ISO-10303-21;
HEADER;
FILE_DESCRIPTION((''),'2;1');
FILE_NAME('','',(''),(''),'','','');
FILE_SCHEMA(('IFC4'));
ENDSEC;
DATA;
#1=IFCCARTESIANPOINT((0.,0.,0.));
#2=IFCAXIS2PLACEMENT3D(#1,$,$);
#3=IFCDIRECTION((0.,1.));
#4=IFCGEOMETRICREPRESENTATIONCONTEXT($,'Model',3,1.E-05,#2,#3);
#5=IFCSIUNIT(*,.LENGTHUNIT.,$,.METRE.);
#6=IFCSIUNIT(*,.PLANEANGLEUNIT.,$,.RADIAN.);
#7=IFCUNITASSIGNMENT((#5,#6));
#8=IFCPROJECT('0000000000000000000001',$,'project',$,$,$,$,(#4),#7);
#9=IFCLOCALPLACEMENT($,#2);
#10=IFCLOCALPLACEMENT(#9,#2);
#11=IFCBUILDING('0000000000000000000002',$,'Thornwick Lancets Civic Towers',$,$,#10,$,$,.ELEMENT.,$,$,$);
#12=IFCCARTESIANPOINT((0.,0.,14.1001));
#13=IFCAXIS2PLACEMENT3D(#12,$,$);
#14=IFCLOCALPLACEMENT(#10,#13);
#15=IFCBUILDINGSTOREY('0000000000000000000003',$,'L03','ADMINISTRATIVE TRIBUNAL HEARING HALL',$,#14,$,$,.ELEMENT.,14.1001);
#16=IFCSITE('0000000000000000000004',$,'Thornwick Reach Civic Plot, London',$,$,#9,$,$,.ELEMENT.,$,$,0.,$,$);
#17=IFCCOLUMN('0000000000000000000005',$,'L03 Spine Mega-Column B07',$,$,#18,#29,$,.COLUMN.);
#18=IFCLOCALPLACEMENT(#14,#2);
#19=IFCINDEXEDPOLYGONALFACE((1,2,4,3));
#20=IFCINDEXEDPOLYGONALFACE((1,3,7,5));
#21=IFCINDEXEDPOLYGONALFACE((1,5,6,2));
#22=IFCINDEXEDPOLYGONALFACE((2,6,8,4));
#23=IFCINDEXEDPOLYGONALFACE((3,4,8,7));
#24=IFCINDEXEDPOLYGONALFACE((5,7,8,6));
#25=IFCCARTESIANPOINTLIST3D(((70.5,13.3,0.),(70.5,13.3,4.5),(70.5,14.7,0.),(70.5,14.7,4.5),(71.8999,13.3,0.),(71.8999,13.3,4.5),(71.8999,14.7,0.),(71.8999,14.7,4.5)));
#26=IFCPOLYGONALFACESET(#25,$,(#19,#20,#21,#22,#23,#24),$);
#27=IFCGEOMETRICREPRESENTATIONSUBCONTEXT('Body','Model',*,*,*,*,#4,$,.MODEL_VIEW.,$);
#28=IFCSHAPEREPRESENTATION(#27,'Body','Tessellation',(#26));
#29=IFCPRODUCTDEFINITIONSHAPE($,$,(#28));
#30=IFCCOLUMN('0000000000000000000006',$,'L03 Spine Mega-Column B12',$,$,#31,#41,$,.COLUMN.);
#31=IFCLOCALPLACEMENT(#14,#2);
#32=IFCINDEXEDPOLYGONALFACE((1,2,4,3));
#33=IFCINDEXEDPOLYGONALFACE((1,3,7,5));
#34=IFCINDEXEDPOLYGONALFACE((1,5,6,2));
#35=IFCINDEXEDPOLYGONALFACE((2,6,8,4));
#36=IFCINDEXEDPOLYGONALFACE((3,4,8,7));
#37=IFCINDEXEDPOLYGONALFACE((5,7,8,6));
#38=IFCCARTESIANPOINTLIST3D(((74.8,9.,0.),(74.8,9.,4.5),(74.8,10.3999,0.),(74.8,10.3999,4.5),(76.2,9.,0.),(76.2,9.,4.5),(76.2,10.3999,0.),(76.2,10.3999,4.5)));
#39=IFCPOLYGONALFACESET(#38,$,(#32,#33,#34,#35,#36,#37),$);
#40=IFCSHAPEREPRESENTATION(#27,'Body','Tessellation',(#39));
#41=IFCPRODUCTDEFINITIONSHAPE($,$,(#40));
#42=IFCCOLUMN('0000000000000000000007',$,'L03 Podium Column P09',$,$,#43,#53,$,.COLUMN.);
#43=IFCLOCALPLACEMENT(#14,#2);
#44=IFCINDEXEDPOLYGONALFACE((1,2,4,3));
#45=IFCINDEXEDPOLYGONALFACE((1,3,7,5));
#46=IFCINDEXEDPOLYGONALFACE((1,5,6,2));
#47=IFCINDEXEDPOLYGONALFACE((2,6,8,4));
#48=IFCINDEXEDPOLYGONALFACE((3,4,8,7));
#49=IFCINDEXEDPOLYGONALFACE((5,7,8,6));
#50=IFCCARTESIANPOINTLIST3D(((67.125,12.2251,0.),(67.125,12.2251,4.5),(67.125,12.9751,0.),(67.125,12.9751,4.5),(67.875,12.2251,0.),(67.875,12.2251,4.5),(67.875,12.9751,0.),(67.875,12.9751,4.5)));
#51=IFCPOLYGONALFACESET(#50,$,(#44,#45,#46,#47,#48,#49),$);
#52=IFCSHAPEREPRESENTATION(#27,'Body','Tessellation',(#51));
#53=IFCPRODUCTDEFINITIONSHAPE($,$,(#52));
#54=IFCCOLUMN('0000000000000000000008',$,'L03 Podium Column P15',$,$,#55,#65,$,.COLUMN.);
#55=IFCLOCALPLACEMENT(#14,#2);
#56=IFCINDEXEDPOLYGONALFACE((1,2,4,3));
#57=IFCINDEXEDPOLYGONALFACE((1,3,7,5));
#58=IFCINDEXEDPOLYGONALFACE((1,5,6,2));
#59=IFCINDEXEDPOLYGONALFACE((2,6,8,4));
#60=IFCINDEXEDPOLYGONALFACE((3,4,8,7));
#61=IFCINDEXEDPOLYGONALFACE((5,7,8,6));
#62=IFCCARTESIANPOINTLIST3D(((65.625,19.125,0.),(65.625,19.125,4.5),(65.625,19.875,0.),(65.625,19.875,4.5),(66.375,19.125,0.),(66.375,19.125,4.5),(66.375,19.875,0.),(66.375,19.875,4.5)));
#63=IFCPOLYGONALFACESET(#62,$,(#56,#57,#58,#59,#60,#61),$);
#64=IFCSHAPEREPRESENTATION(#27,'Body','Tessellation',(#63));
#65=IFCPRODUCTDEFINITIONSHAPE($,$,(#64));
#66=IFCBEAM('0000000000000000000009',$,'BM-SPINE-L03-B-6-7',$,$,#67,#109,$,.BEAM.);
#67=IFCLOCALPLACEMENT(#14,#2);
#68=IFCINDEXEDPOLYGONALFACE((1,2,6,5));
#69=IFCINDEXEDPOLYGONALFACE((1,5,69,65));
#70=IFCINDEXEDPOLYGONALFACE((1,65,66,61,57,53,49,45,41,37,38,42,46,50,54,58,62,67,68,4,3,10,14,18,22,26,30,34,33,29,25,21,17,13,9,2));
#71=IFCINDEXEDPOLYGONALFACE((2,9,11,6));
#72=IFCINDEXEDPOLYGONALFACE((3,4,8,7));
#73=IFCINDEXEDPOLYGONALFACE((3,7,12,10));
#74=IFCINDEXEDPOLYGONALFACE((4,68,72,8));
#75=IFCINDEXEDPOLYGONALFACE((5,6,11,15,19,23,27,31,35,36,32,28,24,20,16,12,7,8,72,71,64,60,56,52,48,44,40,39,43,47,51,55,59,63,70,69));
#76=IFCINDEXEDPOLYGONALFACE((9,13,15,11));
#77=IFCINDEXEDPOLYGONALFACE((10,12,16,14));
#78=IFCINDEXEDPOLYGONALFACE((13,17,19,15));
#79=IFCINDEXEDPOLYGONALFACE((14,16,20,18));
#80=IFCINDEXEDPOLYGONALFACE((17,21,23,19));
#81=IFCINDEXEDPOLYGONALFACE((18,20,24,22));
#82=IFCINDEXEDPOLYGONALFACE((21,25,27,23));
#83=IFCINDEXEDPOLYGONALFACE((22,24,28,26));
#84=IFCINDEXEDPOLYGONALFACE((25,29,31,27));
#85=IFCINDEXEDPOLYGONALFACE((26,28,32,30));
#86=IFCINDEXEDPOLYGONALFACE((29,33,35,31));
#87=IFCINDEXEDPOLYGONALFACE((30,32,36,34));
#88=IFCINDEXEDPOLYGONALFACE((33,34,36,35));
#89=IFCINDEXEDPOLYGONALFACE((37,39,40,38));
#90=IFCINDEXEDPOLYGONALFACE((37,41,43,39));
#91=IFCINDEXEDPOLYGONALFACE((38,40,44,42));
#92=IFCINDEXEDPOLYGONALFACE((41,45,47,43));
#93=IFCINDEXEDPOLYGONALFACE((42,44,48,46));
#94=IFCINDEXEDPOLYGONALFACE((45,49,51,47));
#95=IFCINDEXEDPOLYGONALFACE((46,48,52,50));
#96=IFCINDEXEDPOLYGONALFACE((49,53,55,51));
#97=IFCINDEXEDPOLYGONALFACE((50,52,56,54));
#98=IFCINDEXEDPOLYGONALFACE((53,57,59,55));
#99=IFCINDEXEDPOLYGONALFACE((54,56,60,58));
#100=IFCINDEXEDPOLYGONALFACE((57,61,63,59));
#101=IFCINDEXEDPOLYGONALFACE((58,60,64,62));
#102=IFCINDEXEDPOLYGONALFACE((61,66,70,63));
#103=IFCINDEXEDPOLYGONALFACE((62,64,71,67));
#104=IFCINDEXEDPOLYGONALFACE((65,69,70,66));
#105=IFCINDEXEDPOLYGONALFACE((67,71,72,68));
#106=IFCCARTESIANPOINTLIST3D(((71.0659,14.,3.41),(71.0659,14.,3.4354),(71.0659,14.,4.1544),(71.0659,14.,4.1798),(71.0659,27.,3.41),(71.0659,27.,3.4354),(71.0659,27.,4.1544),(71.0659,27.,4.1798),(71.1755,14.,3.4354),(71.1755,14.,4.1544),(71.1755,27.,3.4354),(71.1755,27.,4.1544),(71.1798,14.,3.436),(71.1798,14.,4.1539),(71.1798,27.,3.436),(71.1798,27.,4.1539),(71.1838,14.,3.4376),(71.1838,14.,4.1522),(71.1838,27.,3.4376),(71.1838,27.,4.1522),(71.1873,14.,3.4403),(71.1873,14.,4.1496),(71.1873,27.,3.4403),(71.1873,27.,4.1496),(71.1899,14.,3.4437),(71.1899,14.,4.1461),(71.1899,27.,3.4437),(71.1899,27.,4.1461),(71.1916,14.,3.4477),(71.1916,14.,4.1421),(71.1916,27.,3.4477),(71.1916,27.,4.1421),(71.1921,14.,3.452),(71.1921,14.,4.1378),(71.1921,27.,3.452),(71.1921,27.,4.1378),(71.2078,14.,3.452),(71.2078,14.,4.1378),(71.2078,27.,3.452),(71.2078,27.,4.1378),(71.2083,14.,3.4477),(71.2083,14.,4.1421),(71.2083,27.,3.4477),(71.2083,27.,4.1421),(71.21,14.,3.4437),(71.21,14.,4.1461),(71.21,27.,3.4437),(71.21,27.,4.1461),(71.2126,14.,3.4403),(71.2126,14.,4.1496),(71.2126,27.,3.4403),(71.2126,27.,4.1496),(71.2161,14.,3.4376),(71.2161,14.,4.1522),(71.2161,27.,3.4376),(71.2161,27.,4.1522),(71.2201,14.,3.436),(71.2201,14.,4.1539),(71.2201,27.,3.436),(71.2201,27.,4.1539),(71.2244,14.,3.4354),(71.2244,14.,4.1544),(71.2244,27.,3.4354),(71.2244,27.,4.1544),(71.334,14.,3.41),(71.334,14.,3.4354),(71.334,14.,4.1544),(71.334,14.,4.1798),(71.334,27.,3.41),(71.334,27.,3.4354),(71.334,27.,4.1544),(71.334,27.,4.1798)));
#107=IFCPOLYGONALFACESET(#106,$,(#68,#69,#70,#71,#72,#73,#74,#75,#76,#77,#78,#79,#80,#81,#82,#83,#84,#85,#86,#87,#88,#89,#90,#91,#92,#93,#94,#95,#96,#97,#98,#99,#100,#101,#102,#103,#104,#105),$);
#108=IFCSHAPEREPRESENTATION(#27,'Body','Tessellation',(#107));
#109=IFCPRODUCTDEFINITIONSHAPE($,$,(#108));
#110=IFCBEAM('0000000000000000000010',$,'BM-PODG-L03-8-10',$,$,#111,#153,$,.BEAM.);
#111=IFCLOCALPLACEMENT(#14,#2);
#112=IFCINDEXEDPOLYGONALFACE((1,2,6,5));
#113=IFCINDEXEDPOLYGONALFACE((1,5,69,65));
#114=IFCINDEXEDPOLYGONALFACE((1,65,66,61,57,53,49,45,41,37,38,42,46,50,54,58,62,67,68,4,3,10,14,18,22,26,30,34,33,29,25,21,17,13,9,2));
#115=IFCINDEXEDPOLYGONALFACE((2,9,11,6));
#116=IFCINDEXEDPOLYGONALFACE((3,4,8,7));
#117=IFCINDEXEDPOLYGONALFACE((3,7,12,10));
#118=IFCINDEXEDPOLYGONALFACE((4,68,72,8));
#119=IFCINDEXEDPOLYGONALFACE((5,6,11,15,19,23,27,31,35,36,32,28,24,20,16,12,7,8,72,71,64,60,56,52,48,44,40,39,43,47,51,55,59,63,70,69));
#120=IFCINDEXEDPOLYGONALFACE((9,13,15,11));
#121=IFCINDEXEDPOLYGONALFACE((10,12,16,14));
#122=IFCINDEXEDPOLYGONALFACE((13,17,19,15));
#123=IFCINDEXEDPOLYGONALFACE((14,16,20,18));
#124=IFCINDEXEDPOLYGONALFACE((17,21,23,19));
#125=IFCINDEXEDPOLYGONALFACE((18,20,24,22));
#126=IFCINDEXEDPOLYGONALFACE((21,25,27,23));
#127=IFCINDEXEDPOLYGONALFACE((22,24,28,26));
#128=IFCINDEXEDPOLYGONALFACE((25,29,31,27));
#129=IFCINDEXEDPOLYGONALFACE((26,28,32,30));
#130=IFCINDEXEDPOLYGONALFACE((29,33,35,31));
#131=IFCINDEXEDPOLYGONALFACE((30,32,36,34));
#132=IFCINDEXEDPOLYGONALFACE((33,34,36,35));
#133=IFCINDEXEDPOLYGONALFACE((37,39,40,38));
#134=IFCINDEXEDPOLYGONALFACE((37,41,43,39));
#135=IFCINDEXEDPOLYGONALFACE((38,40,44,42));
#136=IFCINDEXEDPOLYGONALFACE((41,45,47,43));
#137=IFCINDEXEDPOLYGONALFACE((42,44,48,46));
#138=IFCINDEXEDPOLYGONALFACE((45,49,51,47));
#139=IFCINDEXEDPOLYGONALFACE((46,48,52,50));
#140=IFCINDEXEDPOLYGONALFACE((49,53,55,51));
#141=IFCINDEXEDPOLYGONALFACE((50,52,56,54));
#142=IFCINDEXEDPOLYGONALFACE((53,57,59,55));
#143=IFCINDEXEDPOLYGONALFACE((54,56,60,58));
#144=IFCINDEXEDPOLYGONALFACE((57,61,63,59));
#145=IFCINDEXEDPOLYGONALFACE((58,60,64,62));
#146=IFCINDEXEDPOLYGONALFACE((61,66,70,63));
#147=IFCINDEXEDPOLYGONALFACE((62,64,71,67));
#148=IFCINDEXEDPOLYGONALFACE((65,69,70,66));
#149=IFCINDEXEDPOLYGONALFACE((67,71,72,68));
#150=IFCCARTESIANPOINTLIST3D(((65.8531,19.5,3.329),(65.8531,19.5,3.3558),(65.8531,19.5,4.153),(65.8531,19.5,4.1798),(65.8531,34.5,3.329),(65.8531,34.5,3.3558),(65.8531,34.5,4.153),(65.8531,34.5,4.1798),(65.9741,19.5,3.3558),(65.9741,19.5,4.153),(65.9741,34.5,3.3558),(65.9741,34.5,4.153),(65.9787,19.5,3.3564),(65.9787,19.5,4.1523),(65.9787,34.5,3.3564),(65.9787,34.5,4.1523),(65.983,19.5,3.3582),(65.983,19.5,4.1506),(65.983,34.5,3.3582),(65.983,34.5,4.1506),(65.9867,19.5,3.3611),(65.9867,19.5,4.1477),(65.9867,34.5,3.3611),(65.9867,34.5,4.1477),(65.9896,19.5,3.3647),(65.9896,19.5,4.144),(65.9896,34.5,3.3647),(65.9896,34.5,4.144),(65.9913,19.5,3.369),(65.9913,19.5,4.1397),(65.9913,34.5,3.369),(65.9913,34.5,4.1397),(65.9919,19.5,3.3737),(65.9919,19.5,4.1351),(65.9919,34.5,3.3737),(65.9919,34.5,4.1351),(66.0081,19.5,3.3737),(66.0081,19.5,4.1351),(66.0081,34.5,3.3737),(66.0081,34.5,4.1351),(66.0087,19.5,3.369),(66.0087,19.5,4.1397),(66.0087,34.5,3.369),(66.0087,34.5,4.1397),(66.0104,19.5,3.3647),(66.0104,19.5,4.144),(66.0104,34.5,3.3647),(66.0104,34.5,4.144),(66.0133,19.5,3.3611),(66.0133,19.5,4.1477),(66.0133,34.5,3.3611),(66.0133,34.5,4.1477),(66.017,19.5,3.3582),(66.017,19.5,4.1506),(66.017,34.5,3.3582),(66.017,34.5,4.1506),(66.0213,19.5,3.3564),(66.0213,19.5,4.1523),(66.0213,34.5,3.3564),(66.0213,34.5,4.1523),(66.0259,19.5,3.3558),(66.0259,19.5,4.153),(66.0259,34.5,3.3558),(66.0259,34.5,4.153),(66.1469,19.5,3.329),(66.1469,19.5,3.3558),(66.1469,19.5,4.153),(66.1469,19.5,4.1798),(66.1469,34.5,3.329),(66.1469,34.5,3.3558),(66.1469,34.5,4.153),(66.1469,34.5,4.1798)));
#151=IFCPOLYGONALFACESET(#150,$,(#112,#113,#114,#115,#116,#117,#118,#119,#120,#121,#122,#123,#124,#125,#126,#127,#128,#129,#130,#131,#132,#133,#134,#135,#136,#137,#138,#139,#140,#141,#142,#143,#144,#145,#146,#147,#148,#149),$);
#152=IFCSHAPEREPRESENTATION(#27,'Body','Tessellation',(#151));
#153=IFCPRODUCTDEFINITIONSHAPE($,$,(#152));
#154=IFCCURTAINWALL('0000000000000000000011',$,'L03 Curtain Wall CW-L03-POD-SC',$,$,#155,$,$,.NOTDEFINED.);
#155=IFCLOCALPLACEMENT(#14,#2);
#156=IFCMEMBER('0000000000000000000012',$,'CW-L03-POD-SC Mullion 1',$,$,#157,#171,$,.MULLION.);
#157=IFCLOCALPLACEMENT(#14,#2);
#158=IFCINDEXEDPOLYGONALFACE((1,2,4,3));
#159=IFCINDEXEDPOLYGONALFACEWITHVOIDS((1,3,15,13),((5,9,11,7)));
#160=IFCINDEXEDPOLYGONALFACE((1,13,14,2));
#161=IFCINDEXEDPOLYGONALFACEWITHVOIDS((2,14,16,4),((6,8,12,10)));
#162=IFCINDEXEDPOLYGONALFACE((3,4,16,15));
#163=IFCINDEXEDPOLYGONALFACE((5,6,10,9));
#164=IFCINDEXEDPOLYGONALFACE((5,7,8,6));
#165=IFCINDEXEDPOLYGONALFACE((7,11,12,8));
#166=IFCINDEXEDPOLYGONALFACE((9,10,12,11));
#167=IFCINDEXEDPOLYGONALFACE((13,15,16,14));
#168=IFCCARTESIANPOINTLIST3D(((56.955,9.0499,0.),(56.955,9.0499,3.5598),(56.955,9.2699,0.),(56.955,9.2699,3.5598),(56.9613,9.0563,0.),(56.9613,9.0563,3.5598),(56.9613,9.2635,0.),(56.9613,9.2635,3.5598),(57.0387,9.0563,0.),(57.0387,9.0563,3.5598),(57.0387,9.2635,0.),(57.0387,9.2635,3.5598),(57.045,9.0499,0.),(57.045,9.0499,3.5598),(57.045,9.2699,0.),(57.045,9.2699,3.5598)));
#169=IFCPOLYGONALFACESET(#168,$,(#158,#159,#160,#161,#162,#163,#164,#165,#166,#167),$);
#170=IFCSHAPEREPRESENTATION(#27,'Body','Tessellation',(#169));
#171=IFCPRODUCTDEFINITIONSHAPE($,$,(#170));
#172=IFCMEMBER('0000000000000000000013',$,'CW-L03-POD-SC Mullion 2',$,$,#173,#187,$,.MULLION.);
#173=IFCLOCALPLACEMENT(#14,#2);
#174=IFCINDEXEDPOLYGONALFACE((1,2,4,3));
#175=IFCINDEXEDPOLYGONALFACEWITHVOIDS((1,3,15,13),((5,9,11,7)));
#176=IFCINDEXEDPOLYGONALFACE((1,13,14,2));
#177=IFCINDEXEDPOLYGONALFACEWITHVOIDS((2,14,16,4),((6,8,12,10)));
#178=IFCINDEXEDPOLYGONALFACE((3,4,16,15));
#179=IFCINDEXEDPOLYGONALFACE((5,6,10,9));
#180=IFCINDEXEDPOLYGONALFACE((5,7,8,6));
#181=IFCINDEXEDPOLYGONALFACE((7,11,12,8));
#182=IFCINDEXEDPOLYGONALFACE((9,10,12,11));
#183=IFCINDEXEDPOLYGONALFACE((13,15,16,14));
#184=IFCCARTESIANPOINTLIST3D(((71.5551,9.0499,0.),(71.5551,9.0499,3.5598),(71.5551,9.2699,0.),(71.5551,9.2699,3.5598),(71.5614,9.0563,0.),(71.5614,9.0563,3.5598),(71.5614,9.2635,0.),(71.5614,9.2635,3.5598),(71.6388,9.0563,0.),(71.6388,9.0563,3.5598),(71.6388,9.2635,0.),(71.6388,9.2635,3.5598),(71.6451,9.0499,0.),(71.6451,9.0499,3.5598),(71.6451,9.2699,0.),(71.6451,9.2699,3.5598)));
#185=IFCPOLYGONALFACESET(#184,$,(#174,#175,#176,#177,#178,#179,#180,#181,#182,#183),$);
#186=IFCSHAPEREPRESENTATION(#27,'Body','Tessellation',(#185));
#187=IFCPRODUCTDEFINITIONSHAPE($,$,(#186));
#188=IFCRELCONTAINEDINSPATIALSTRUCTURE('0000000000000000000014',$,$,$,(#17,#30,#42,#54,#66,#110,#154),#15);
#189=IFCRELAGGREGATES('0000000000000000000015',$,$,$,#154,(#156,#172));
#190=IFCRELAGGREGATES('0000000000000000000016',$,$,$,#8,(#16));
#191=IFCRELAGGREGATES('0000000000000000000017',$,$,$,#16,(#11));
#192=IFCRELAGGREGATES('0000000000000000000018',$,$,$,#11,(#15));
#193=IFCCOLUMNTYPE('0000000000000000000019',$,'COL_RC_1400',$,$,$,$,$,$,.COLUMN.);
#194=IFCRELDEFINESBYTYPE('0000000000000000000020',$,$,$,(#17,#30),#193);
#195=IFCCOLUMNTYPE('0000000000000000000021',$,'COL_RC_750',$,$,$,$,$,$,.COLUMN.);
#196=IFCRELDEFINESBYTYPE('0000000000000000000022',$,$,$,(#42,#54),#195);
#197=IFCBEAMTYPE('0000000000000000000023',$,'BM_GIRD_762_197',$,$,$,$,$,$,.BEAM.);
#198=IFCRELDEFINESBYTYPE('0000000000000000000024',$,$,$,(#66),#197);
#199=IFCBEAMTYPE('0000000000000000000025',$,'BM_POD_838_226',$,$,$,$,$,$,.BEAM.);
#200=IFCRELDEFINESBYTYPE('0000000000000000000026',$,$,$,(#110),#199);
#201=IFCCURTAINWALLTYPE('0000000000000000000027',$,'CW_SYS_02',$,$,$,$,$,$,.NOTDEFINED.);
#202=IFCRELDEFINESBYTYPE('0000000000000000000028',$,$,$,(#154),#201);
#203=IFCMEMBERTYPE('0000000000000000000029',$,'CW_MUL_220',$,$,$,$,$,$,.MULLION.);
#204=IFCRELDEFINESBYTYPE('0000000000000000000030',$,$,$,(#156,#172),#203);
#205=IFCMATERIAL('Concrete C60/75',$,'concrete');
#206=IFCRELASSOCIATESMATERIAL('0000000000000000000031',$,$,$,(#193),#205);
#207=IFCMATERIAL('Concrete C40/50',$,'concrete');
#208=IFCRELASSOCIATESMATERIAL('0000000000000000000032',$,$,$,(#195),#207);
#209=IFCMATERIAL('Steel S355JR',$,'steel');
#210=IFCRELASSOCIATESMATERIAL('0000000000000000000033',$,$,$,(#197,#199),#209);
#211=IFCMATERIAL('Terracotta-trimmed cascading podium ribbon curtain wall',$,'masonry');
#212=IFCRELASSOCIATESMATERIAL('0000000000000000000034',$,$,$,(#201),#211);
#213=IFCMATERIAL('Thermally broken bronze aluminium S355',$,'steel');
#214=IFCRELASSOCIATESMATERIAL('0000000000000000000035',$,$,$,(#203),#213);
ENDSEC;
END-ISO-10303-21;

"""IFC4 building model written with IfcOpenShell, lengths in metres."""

from ifc_helpers import new_model, si_unit, direction, frame, origin, origin_2d, place, context, subcontext, project, spatial, rectangle, hollow_rectangle, i_section, extrude, material, material_profile, profile_set, type_object, element, aggregate, save


model = new_model("IFC4")

# Units and contexts
model_context = context("Model", 3, precision=1e-05, world=origin(), true_north=direction((0.0, 1.0)))
body_context = subcontext(model_context, "Body", "Model", "MODEL_VIEW")
ifc_project = project(units=[si_unit("LENGTHUNIT", "METRE"), si_unit("PLANEANGLEUNIT", "RADIAN")], contexts=[model_context])

# Site, building, storey
site_placement = place(None, origin())
site = spatial("IfcSite", under=ifc_project, at=site_placement, Name="Thornwick Reach Civic Plot, London", CompositionType="ELEMENT", RefElevation=0.0)
building_placement = place(site_placement, origin())
building = spatial("IfcBuilding", under=site, at=building_placement, Name="Thornwick Lancets Civic Towers", CompositionType="ELEMENT")
storey_placement = place(building_placement, frame((0.0, 0.0, 14.1001)))
storey = spatial("IfcBuildingStorey", under=building, at=storey_placement, Name="L03", Description="ADMINISTRATIVE TRIBUNAL HEARING HALL", CompositionType="ELEMENT", Elevation=14.1001)

# Columns
ifc_material_1 = material(Name="Concrete C60/75", Category="concrete")
ifc_material_profile_1 = material_profile(ifc_material_1, rectangle(XDim=1.3999, YDim=1.3999, at=origin_2d()), Name="RC 1400x1400")
ifc_profile_set_1 = profile_set([ifc_material_profile_1], Name="Concrete C60/75")
column_type_1 = type_object("IfcColumnType", Name="COL_RC_1400", PredefinedType="COLUMN", material=ifc_profile_set_1)
for number, where, z_axis, x_axis, name in (
    (1, (71.2, 14.0, 0.0), (0.0, 0.0, 1.0), (1.0, 0.0, 0.0), "L03 Spine Mega-Column B07"),
    (2, (75.5, 9.7, 0.0), (0.0, 0.0, 1.0), (1.0, 0.0, 0.0), "L03 Spine Mega-Column B12"),
):
    element("IfcColumn", number, at=place(storey_placement, frame(where, z_axis=z_axis, x_axis=x_axis)), inside=storey, type_object=column_type_1, Name=name, PredefinedType="COLUMN", context=body_context, shape_type="SweptSolid", body=[
        extrude(rectangle(XDim=1.3999, YDim=1.3999, at=origin_2d()), origin(), (0.0, 0.0, 1.0), 4.5),
    ])
ifc_material_2 = material(Name="Concrete C40/50", Category="concrete")
ifc_material_profile_2 = material_profile(ifc_material_2, rectangle(XDim=0.75, YDim=0.75, at=origin_2d()), Name="RC 750x750")
ifc_profile_set_2 = profile_set([ifc_material_profile_2], Name="Concrete C40/50")
column_type_2 = type_object("IfcColumnType", Name="COL_RC_750", PredefinedType="COLUMN", material=ifc_profile_set_2)
for number, where, z_axis, x_axis, name in (
    (3, (67.5, 12.6001, 0.0), (0.0, 0.0, 1.0), (1.0, 0.0, 0.0), "L03 Podium Column P09"),
    (4, (66.0, 19.5, 0.0), (0.0, 0.0, 1.0), (1.0, 0.0, 0.0), "L03 Podium Column P15"),
):
    element("IfcColumn", number, at=place(storey_placement, frame(where, z_axis=z_axis, x_axis=x_axis)), inside=storey, type_object=column_type_2, Name=name, PredefinedType="COLUMN", context=body_context, shape_type="SweptSolid", body=[
        extrude(rectangle(XDim=0.75, YDim=0.75, at=origin_2d()), origin(), (0.0, 0.0, 1.0), 4.5),
    ])

# Beams
ifc_material_3 = material(Name="Steel S355JR", Category="steel")
ifc_material_profile_3 = material_profile(ifc_material_3, i_section(OverallWidth=0.2681, OverallDepth=0.7698, WebThickness=0.0156, FlangeThickness=0.0254, FilletRadius=0.0166, at=origin_2d()), Name="UKB 762x267x197")
ifc_profile_set_3 = profile_set([ifc_material_profile_3], Name="Steel S355JR")
beam_type_1 = type_object("IfcBeamType", Name="BM_GIRD_762_197", PredefinedType="BEAM", material=ifc_profile_set_3)
beam_1_placement = place(storey_placement, frame((71.2, 14.0, 3.7949), z_axis=(0.0, 1.0, 0.0), x_axis=(-1.0, 0.0, 0.0)))
element("IfcBeam", 5, at=beam_1_placement, inside=storey, type_object=beam_type_1, Name="BM-SPINE-L03-B-6-7", PredefinedType="BEAM", context=body_context, shape_type="SweptSolid", body=[
    extrude(i_section(OverallWidth=0.2681, OverallDepth=0.7698, WebThickness=0.0156, FlangeThickness=0.0254, FilletRadius=0.0166, at=origin_2d()), origin(), (0.0, 0.0, 1.0), 13.0),
])
ifc_material_profile_4 = material_profile(ifc_material_3, i_section(OverallWidth=0.2937, OverallDepth=0.8508, WebThickness=0.0161, FlangeThickness=0.0269, FilletRadius=0.0178, at=origin_2d()), Name="UKB 838x292x226")
ifc_profile_set_4 = profile_set([ifc_material_profile_4], Name="Steel S355JR")
beam_type_2 = type_object("IfcBeamType", Name="BM_POD_838_226", PredefinedType="BEAM", material=ifc_profile_set_4)
beam_2_placement = place(storey_placement, frame((66.0, 19.5, 3.7544), z_axis=(0.0, 1.0, 0.0), x_axis=(-1.0, 0.0, 0.0)))
element("IfcBeam", 6, at=beam_2_placement, inside=storey, type_object=beam_type_2, Name="BM-PODG-L03-8-10", PredefinedType="BEAM", context=body_context, shape_type="SweptSolid", body=[
    extrude(i_section(OverallWidth=0.2937, OverallDepth=0.8508, WebThickness=0.0161, FlangeThickness=0.0269, FilletRadius=0.0178, at=origin_2d()), origin(), (0.0, 0.0, 1.0), 15.0),
])

# Curtain wall, members
ifc_material_4 = material(Name="Terracotta-trimmed cascading podium ribbon curtain wall", Category="masonry")
curtain_wall_type = type_object("IfcCurtainWallType", Name="CW_SYS_02", PredefinedType="NOTDEFINED", material=ifc_material_4)
curtain_wall_placement = place(storey_placement, origin())
curtain_wall = element("IfcCurtainWall", 7, at=curtain_wall_placement, inside=storey, type_object=curtain_wall_type, Name="L03 Curtain Wall CW-L03-POD-SC", PredefinedType="NOTDEFINED")
ifc_material_5 = material(Name="Thermally broken bronze aluminium S355", Category="steel")
ifc_material_profile_5 = material_profile(ifc_material_5, hollow_rectangle(XDim=0.0901, YDim=0.22, WallThickness=0.0063, at=origin_2d()), Name="RHS 220x90x6.3")
ifc_profile_set_5 = profile_set([ifc_material_profile_5], Name="Thermally broken bronze aluminium S355")
member_type_1 = type_object("IfcMemberType", Name="CW_MUL_220", PredefinedType="MULLION", material=ifc_profile_set_5)
member_1_placement = place(storey_placement, frame((57.0, 9.1599, 0.0), z_axis=(0.0, 0.0, 1.0), x_axis=(1.0, 0.0, 0.0)))
member_1 = element("IfcMember", 8, at=member_1_placement, type_object=member_type_1, Name="CW-L03-POD-SC Mullion 1", PredefinedType="MULLION", context=body_context, shape_type="SweptSolid", body=[
    extrude(hollow_rectangle(XDim=0.0901, YDim=0.22, WallThickness=0.0063, at=origin_2d()), origin(), (0.0, 0.0, 1.0), 3.5598),
])
member_2_placement = place(storey_placement, frame((71.6001, 9.1599, 0.0), z_axis=(0.0, 0.0, 1.0), x_axis=(1.0, 0.0, 0.0)))
member_2 = element("IfcMember", 9, at=member_2_placement, type_object=member_type_1, Name="CW-L03-POD-SC Mullion 2", PredefinedType="MULLION", context=body_context, shape_type="SweptSolid", body=[
    extrude(hollow_rectangle(XDim=0.0901, YDim=0.22, WallThickness=0.0063, at=origin_2d()), origin(), (0.0, 0.0, 1.0), 3.5598),
])
aggregate(curtain_wall, [member_1, member_2])

save(model, "model.ifc")
